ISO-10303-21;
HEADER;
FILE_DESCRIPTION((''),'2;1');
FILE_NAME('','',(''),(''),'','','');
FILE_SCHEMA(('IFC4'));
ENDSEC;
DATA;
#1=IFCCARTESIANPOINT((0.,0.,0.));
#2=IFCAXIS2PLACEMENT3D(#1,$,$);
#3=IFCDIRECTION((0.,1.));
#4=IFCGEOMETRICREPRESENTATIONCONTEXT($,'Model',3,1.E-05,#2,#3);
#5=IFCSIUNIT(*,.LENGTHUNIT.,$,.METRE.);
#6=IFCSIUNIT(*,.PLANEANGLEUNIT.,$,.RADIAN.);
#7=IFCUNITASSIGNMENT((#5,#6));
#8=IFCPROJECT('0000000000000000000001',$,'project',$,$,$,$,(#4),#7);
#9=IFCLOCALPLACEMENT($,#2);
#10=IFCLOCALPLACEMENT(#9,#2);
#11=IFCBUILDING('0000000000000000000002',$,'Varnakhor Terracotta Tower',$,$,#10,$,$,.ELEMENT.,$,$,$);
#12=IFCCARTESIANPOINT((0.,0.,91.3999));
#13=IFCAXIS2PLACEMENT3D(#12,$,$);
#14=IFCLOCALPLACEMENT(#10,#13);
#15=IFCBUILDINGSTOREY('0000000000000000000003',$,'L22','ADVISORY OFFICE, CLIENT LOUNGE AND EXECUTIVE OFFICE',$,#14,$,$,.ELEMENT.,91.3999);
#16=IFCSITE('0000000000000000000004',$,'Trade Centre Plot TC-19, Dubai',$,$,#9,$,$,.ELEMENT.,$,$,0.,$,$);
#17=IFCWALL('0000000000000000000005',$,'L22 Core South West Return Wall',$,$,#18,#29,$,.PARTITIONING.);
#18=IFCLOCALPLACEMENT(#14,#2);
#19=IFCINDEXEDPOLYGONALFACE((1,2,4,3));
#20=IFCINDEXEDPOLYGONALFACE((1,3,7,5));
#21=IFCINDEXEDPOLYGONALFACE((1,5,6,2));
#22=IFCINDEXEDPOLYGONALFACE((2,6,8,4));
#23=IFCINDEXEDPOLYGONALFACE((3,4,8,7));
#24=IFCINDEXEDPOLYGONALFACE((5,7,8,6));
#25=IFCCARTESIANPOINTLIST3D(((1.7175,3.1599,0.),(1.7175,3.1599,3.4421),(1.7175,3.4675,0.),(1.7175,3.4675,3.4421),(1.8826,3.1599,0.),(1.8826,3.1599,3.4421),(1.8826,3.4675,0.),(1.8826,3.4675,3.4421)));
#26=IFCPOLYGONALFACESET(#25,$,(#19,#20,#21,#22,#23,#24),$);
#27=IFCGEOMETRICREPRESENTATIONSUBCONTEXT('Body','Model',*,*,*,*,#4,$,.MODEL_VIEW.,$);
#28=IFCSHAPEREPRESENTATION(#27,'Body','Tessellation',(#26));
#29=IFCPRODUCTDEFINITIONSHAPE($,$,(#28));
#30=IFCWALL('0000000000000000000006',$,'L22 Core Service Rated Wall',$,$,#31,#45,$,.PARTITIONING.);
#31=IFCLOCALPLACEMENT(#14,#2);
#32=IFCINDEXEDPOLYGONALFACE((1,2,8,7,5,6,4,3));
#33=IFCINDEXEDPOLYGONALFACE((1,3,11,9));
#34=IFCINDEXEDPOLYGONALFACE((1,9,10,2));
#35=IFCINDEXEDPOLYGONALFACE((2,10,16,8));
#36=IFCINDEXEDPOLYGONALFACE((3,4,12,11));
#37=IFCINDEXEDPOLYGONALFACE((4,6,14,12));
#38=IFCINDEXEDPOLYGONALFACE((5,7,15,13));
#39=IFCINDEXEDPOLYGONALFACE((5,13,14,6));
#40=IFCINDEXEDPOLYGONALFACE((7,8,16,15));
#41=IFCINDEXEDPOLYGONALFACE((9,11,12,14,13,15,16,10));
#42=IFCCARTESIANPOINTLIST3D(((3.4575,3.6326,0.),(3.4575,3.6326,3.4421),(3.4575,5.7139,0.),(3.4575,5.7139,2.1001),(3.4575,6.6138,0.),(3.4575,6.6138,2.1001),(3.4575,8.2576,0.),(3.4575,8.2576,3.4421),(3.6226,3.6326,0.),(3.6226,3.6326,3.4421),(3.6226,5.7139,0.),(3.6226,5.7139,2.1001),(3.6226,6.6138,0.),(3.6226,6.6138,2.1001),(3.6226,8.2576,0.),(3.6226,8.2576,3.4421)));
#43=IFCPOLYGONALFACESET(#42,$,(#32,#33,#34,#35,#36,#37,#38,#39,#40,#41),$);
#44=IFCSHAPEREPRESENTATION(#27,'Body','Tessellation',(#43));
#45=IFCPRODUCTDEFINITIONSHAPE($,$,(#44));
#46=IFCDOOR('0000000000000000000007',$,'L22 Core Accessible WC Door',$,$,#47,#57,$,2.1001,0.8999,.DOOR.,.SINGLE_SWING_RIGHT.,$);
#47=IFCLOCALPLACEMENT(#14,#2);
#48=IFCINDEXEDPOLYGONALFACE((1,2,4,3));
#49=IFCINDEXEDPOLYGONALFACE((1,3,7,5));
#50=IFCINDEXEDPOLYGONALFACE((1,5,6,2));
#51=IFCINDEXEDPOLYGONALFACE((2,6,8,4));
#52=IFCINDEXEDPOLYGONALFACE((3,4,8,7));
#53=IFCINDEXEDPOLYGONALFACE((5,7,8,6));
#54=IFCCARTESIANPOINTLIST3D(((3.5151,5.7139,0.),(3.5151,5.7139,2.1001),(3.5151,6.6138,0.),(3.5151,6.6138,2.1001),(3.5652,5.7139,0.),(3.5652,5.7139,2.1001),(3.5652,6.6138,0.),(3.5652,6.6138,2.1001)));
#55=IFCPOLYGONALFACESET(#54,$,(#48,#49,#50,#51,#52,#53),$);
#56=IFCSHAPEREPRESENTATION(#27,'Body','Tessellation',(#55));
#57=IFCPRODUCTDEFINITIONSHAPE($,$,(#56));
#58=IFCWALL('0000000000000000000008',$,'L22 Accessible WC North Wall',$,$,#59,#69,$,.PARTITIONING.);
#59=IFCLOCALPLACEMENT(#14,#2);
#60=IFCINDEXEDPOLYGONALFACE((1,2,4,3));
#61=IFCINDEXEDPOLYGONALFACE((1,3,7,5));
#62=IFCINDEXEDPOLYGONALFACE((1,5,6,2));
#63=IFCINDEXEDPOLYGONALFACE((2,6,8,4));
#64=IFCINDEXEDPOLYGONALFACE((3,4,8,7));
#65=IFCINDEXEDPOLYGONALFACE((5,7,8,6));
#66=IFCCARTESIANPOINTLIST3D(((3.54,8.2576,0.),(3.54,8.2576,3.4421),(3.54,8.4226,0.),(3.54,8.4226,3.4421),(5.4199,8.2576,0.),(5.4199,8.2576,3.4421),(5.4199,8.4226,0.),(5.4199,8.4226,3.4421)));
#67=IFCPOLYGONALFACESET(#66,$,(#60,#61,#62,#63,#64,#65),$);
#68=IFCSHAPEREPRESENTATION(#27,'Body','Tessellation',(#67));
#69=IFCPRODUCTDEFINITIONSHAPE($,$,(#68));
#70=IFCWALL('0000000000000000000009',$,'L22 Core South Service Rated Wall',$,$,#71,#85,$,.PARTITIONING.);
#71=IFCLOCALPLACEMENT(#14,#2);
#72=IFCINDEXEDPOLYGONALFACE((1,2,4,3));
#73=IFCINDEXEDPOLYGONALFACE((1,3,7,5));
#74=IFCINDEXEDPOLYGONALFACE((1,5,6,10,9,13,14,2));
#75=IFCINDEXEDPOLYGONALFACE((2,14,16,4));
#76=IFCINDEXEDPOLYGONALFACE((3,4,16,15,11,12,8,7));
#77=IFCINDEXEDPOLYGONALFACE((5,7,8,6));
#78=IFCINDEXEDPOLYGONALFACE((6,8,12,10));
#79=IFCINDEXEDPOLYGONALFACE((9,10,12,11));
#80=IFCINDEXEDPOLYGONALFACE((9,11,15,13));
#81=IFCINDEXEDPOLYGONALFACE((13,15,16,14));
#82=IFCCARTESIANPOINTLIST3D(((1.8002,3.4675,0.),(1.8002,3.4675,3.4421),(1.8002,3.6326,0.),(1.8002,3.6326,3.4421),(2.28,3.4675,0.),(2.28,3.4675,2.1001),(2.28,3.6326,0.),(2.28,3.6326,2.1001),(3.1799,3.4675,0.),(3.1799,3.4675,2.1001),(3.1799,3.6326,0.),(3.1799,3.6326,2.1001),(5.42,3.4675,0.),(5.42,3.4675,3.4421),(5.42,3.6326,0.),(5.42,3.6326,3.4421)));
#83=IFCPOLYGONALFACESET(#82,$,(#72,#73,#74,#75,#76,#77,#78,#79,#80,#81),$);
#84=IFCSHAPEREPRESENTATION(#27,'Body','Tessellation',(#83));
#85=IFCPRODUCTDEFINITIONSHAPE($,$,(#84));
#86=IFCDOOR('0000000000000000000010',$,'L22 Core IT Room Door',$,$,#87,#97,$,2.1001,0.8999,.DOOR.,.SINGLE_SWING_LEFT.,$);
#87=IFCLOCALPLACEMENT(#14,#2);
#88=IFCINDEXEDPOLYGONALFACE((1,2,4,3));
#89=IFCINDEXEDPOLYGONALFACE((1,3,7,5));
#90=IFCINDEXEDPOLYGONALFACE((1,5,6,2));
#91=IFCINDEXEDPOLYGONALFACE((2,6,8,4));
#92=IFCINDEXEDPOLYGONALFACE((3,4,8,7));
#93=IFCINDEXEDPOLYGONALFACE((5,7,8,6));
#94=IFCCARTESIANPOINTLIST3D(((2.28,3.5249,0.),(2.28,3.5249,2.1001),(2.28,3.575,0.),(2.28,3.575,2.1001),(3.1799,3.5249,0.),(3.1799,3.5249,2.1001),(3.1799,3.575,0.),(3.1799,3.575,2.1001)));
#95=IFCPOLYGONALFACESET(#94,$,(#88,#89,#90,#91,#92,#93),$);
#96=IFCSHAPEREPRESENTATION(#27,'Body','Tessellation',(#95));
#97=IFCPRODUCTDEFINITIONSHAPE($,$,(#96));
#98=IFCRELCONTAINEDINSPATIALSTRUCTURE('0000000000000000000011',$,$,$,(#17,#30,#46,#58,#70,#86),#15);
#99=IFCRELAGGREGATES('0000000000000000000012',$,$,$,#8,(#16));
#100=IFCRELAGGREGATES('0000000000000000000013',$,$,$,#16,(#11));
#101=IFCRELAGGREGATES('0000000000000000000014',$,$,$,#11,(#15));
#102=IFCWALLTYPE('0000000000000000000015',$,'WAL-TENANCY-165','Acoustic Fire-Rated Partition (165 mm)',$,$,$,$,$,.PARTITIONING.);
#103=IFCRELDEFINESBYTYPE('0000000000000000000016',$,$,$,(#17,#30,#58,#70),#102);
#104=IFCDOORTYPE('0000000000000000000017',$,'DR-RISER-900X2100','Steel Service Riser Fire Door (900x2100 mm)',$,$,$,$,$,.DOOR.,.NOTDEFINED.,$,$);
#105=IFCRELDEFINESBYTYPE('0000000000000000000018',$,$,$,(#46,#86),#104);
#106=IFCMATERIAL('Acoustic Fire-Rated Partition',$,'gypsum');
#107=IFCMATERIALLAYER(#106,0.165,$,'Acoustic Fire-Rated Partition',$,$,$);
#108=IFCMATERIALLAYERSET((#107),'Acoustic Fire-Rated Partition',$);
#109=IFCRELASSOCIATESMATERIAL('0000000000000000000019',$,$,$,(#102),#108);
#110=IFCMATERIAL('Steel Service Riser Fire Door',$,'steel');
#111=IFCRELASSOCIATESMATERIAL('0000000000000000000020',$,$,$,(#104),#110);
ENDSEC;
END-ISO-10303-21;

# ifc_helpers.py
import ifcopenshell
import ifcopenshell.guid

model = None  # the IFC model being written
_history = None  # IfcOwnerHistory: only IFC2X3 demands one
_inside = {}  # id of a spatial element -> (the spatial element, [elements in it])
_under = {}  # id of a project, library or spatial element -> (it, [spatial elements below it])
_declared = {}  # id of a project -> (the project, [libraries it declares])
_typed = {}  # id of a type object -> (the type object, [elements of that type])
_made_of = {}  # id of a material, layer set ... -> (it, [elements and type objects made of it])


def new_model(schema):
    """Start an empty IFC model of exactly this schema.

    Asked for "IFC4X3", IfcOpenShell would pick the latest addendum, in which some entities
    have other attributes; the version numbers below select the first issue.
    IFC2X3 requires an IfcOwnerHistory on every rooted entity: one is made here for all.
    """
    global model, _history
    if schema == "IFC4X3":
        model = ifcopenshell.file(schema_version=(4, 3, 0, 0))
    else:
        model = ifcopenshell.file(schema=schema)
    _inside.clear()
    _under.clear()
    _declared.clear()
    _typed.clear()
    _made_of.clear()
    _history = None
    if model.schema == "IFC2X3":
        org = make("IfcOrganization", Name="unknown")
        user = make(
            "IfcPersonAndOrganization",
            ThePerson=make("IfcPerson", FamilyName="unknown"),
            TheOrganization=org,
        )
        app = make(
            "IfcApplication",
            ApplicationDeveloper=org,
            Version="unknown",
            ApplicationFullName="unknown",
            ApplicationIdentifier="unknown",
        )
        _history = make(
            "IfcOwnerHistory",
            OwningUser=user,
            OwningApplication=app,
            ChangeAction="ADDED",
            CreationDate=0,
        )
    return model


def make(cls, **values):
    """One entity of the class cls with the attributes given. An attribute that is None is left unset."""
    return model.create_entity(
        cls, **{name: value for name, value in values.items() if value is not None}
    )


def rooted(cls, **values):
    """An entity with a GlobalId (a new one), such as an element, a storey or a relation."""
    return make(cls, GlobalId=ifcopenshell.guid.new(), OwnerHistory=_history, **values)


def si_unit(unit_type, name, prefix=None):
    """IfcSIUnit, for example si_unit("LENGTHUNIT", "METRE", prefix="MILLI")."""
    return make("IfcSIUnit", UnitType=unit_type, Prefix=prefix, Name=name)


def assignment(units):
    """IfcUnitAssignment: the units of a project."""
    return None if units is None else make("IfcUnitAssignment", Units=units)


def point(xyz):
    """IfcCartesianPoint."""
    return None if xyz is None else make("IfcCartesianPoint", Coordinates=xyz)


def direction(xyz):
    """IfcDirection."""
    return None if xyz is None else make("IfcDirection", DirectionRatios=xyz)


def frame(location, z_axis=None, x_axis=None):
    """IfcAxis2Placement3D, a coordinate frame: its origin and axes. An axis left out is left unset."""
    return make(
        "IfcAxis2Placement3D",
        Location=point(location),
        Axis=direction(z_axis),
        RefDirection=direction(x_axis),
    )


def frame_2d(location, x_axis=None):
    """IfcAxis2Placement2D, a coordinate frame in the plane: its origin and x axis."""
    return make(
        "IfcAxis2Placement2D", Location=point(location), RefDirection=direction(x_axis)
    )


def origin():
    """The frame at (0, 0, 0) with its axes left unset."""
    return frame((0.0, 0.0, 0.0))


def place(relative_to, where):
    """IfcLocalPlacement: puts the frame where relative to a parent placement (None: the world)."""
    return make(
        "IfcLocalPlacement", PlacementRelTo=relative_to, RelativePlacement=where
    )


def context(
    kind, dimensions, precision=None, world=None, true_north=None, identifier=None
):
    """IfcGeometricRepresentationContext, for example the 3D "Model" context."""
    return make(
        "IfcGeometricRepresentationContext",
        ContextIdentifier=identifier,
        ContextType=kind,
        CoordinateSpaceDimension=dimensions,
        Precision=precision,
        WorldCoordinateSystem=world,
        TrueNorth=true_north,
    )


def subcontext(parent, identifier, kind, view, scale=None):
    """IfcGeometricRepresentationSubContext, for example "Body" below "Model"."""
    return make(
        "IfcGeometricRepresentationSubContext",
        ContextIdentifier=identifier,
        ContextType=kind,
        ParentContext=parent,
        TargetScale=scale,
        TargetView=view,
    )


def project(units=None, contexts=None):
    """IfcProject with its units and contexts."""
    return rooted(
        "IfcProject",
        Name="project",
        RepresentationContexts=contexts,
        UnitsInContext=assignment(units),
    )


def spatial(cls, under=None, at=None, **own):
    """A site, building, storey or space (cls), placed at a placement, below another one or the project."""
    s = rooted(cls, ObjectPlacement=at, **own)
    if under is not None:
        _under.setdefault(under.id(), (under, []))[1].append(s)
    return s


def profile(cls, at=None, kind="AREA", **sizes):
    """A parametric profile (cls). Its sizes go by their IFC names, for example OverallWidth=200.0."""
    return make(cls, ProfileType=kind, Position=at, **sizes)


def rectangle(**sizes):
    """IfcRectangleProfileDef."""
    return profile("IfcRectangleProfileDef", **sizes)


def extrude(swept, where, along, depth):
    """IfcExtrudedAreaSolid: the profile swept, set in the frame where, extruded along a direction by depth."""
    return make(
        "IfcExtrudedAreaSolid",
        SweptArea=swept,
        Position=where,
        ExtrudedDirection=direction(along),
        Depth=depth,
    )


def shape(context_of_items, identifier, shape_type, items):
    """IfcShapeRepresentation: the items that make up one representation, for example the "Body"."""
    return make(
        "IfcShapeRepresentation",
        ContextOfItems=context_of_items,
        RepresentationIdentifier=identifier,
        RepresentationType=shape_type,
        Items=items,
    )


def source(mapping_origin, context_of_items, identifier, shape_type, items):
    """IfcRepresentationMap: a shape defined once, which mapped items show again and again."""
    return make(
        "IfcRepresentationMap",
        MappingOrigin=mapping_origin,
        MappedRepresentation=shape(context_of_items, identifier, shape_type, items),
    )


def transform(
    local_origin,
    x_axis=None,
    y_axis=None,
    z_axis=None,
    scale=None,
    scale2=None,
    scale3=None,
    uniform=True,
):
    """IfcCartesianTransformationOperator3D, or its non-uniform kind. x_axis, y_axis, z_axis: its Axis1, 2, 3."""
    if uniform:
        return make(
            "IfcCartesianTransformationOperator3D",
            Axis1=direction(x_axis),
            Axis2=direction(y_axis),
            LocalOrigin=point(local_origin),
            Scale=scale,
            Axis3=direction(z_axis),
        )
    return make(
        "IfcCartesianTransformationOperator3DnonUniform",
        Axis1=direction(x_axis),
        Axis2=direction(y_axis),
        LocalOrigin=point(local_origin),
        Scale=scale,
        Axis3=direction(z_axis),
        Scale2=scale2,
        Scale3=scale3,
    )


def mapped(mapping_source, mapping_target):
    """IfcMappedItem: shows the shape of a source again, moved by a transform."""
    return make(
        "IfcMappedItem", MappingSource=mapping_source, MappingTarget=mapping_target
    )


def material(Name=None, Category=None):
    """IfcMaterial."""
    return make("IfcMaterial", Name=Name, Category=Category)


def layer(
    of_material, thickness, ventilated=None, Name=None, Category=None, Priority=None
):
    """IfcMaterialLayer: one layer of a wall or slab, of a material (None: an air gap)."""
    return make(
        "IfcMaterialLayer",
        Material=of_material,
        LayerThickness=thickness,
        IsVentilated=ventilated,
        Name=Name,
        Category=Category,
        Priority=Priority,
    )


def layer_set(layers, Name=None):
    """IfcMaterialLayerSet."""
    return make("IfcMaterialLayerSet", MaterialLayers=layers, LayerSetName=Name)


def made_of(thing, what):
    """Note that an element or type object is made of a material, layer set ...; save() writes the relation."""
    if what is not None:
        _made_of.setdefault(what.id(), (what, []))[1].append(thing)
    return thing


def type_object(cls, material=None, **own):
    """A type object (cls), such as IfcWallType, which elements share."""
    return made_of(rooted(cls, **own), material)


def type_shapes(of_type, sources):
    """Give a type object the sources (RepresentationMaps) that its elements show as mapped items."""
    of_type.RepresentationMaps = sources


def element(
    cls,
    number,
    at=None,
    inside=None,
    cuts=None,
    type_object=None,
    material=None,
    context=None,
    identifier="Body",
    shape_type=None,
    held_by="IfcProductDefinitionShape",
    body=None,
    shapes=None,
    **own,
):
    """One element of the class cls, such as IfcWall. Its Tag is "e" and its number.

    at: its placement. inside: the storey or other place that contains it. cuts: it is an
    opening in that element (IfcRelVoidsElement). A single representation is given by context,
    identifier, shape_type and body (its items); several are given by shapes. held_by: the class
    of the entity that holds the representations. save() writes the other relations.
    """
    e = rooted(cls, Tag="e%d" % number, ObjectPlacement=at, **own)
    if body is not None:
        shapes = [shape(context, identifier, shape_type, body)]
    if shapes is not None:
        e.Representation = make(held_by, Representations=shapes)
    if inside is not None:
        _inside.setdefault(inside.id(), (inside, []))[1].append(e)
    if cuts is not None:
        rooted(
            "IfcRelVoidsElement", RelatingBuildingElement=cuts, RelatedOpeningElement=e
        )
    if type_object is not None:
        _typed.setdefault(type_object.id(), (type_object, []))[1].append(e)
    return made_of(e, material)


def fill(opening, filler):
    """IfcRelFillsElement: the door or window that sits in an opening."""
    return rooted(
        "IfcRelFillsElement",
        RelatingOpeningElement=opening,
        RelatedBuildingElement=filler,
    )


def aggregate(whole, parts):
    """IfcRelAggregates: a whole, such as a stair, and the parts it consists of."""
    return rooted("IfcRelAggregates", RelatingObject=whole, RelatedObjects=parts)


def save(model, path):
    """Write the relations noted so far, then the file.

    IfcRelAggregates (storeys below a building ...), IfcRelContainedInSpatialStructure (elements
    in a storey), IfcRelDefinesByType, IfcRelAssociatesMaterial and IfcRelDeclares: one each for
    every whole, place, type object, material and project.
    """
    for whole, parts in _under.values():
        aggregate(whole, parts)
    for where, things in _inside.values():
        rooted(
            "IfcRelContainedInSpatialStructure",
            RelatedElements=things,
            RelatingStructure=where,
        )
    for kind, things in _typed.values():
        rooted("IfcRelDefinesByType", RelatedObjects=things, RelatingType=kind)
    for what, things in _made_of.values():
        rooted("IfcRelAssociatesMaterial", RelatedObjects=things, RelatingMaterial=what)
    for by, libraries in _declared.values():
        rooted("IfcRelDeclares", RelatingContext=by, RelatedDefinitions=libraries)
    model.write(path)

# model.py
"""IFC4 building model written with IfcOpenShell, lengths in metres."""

from ifc_helpers import new_model, si_unit, direction, frame, frame_2d, origin, place, context, subcontext, project, spatial, rectangle, extrude, source, transform, mapped, material, layer, layer_set, type_object, type_shapes, element, fill, save


model = new_model("IFC4")

# Units and contexts
model_context = context("Model", 3, precision=1e-05, world=origin(), true_north=direction((0.0, 1.0)))
body_context = subcontext(model_context, "Body", "Model", "MODEL_VIEW")
ifc_project = project(units=[si_unit("LENGTHUNIT", "METRE"), si_unit("PLANEANGLEUNIT", "RADIAN")], contexts=[model_context])

# Site, building, storey
site_placement = place(None, origin())
site = spatial("IfcSite", under=ifc_project, at=site_placement, Name="Trade Centre Plot TC-19, Dubai", CompositionType="ELEMENT", RefElevation=0.0)
building_placement = place(site_placement, origin())
building = spatial("IfcBuilding", under=site, at=building_placement, Name="Varnakhor Terracotta Tower", CompositionType="ELEMENT")
storey_placement = place(building_placement, frame((0.0, 0.0, 91.3999)))
storey = spatial("IfcBuildingStorey", under=building, at=storey_placement, Name="L22", Description="ADVISORY OFFICE, CLIENT LOUNGE AND EXECUTIVE OFFICE", CompositionType="ELEMENT", Elevation=91.3999)

# Wall
ifc_material_1 = material(Name="Acoustic Fire-Rated Partition", Category="gypsum")
ifc_layer_1 = layer(ifc_material_1, 0.165, Name="Acoustic Fire-Rated Partition")
ifc_layer_set_1 = layer_set([ifc_layer_1], Name="Acoustic Fire-Rated Partition")
wall_type_1 = type_object("IfcWallType", Name="WAL-TENANCY-165", Description="Acoustic Fire-Rated Partition (165 mm)", PredefinedType="PARTITIONING", material=ifc_layer_set_1)
wall_1_placement = place(storey_placement, frame((1.8, 3.1599, 0.0), z_axis=(0.0, 0.0, 1.0), x_axis=(0.0, 1.0, 0.0)))
element("IfcWall", 1, at=wall_1_placement, inside=storey, type_object=wall_type_1, Name="L22 Core South West Return Wall", PredefinedType="PARTITIONING", context=body_context, shape_type="SweptSolid", body=[
    extrude(rectangle(XDim=0.3076, YDim=0.165, at=frame_2d((0.1538, 0.0))), origin(), (0.0, 0.0, 1.0), 3.4421),
])

# Wall, opening, door
wall_2_placement = place(storey_placement, frame((3.54, 3.6326, 0.0), z_axis=(0.0, 0.0, 1.0), x_axis=(0.0, 1.0, 0.0)))
wall_2 = element("IfcWall", 2, at=wall_2_placement, inside=storey, type_object=wall_type_1, Name="L22 Core Service Rated Wall", PredefinedType="PARTITIONING", context=body_context, shape_type="SweptSolid", body=[
    extrude(rectangle(XDim=4.625, YDim=0.165, at=frame_2d((2.3125, 0.0))), origin(), (0.0, 0.0, 1.0), 3.4421),
])
opening_1_placement = place(wall_2_placement, frame((2.0813, 0.0, 0.0)))
opening_1 = element("IfcOpeningElement", 3, at=opening_1_placement, cuts=wall_2, PredefinedType="OPENING", context=body_context, shape_type="SweptSolid", body=[
    extrude(rectangle(XDim=0.8999, YDim=2.1001, at=frame_2d((0.45, 1.05))), frame((0.0, 0.0925, 0.0), z_axis=(0.0, -1.0, 0.0), x_axis=(1.0, 0.0, 0.0)), (0.0, 0.0, 1.0), 0.1851),
])
ifc_material_2 = material(Name="Steel Service Riser Fire Door", Category="steel")
door_type_1 = type_object("IfcDoorType", Name="DR-RISER-900X2100", Description="Steel Service Riser Fire Door (900x2100 mm)", OperationType="NOTDEFINED", PredefinedType="DOOR", material=ifc_material_2)
shared_shape_1 = source(origin(), body_context, "Body", "SweptSolid", [
    extrude(rectangle(XDim=0.8999, YDim=2.1001, at=frame_2d((0.45, 1.05))), frame((0.0, 0.0249, 0.0), z_axis=(0.0, -1.0, 0.0), x_axis=(1.0, 0.0, 0.0)), (0.0, 0.0, 1.0), 0.05),
])
type_shapes(door_type_1, [shared_shape_1])
door_1_placement = place(opening_1_placement, origin())
door_1 = element("IfcDoor", 4, at=door_1_placement, inside=storey, type_object=door_type_1, Name="L22 Core Accessible WC Door", OperationType="SINGLE_SWING_RIGHT", OverallHeight=2.1001, OverallWidth=0.8999, PredefinedType="DOOR", context=body_context, shape_type="MappedRepresentation", body=[
    mapped(shared_shape_1, transform((0.0, 0.0, 0.0), scale=1.0)),
])
fill(opening_1, door_1)

# Wall
wall_3_placement = place(storey_placement, frame((3.54, 8.3401, 0.0), z_axis=(0.0, 0.0, 1.0), x_axis=(1.0, 0.0, 0.0)))
element("IfcWall", 5, at=wall_3_placement, inside=storey, type_object=wall_type_1, Name="L22 Accessible WC North Wall", PredefinedType="PARTITIONING", context=body_context, shape_type="SweptSolid", body=[
    extrude(rectangle(XDim=1.8799, YDim=0.165, at=frame_2d((0.9399, 0.0))), origin(), (0.0, 0.0, 1.0), 3.4421),
])

# Wall, opening, door
wall_4_placement = place(storey_placement, frame((1.8, 3.55, 0.0), z_axis=(0.0, 0.0, 1.0), x_axis=(1.0, 0.0, 0.0)))
wall_4 = element("IfcWall", 6, at=wall_4_placement, inside=storey, type_object=wall_type_1, Name="L22 Core South Service Rated Wall", PredefinedType="PARTITIONING", context=body_context, shape_type="SweptSolid", body=[
    extrude(rectangle(XDim=3.6199, YDim=0.165, at=frame_2d((1.8101, 0.0))), origin(), (0.0, 0.0, 1.0), 3.4421),
])
opening_2_placement = place(wall_4_placement, frame((0.48, 0.0, 0.0)))
opening_2 = element("IfcOpeningElement", 7, at=opening_2_placement, cuts=wall_4, PredefinedType="OPENING", context=body_context, shape_type="SweptSolid", body=[
    extrude(rectangle(XDim=0.8999, YDim=2.1001, at=frame_2d((0.45, 1.05))), frame((0.0, 0.0925, 0.0), z_axis=(0.0, -1.0, 0.0), x_axis=(1.0, 0.0, 0.0)), (0.0, 0.0, 1.0), 0.1851),
])
door_2_placement = place(opening_2_placement, origin())
door_2 = element("IfcDoor", 8, at=door_2_placement, inside=storey, type_object=door_type_1, Name="L22 Core IT Room Door", OperationType="SINGLE_SWING_LEFT", OverallHeight=2.1001, OverallWidth=0.8999, PredefinedType="DOOR", context=body_context, shape_type="MappedRepresentation", body=[
    mapped(shared_shape_1, transform((0.0, 0.0, 0.0), scale=1.0)),
])
fill(opening_2, door_2)

save(model, "model.ifc")
